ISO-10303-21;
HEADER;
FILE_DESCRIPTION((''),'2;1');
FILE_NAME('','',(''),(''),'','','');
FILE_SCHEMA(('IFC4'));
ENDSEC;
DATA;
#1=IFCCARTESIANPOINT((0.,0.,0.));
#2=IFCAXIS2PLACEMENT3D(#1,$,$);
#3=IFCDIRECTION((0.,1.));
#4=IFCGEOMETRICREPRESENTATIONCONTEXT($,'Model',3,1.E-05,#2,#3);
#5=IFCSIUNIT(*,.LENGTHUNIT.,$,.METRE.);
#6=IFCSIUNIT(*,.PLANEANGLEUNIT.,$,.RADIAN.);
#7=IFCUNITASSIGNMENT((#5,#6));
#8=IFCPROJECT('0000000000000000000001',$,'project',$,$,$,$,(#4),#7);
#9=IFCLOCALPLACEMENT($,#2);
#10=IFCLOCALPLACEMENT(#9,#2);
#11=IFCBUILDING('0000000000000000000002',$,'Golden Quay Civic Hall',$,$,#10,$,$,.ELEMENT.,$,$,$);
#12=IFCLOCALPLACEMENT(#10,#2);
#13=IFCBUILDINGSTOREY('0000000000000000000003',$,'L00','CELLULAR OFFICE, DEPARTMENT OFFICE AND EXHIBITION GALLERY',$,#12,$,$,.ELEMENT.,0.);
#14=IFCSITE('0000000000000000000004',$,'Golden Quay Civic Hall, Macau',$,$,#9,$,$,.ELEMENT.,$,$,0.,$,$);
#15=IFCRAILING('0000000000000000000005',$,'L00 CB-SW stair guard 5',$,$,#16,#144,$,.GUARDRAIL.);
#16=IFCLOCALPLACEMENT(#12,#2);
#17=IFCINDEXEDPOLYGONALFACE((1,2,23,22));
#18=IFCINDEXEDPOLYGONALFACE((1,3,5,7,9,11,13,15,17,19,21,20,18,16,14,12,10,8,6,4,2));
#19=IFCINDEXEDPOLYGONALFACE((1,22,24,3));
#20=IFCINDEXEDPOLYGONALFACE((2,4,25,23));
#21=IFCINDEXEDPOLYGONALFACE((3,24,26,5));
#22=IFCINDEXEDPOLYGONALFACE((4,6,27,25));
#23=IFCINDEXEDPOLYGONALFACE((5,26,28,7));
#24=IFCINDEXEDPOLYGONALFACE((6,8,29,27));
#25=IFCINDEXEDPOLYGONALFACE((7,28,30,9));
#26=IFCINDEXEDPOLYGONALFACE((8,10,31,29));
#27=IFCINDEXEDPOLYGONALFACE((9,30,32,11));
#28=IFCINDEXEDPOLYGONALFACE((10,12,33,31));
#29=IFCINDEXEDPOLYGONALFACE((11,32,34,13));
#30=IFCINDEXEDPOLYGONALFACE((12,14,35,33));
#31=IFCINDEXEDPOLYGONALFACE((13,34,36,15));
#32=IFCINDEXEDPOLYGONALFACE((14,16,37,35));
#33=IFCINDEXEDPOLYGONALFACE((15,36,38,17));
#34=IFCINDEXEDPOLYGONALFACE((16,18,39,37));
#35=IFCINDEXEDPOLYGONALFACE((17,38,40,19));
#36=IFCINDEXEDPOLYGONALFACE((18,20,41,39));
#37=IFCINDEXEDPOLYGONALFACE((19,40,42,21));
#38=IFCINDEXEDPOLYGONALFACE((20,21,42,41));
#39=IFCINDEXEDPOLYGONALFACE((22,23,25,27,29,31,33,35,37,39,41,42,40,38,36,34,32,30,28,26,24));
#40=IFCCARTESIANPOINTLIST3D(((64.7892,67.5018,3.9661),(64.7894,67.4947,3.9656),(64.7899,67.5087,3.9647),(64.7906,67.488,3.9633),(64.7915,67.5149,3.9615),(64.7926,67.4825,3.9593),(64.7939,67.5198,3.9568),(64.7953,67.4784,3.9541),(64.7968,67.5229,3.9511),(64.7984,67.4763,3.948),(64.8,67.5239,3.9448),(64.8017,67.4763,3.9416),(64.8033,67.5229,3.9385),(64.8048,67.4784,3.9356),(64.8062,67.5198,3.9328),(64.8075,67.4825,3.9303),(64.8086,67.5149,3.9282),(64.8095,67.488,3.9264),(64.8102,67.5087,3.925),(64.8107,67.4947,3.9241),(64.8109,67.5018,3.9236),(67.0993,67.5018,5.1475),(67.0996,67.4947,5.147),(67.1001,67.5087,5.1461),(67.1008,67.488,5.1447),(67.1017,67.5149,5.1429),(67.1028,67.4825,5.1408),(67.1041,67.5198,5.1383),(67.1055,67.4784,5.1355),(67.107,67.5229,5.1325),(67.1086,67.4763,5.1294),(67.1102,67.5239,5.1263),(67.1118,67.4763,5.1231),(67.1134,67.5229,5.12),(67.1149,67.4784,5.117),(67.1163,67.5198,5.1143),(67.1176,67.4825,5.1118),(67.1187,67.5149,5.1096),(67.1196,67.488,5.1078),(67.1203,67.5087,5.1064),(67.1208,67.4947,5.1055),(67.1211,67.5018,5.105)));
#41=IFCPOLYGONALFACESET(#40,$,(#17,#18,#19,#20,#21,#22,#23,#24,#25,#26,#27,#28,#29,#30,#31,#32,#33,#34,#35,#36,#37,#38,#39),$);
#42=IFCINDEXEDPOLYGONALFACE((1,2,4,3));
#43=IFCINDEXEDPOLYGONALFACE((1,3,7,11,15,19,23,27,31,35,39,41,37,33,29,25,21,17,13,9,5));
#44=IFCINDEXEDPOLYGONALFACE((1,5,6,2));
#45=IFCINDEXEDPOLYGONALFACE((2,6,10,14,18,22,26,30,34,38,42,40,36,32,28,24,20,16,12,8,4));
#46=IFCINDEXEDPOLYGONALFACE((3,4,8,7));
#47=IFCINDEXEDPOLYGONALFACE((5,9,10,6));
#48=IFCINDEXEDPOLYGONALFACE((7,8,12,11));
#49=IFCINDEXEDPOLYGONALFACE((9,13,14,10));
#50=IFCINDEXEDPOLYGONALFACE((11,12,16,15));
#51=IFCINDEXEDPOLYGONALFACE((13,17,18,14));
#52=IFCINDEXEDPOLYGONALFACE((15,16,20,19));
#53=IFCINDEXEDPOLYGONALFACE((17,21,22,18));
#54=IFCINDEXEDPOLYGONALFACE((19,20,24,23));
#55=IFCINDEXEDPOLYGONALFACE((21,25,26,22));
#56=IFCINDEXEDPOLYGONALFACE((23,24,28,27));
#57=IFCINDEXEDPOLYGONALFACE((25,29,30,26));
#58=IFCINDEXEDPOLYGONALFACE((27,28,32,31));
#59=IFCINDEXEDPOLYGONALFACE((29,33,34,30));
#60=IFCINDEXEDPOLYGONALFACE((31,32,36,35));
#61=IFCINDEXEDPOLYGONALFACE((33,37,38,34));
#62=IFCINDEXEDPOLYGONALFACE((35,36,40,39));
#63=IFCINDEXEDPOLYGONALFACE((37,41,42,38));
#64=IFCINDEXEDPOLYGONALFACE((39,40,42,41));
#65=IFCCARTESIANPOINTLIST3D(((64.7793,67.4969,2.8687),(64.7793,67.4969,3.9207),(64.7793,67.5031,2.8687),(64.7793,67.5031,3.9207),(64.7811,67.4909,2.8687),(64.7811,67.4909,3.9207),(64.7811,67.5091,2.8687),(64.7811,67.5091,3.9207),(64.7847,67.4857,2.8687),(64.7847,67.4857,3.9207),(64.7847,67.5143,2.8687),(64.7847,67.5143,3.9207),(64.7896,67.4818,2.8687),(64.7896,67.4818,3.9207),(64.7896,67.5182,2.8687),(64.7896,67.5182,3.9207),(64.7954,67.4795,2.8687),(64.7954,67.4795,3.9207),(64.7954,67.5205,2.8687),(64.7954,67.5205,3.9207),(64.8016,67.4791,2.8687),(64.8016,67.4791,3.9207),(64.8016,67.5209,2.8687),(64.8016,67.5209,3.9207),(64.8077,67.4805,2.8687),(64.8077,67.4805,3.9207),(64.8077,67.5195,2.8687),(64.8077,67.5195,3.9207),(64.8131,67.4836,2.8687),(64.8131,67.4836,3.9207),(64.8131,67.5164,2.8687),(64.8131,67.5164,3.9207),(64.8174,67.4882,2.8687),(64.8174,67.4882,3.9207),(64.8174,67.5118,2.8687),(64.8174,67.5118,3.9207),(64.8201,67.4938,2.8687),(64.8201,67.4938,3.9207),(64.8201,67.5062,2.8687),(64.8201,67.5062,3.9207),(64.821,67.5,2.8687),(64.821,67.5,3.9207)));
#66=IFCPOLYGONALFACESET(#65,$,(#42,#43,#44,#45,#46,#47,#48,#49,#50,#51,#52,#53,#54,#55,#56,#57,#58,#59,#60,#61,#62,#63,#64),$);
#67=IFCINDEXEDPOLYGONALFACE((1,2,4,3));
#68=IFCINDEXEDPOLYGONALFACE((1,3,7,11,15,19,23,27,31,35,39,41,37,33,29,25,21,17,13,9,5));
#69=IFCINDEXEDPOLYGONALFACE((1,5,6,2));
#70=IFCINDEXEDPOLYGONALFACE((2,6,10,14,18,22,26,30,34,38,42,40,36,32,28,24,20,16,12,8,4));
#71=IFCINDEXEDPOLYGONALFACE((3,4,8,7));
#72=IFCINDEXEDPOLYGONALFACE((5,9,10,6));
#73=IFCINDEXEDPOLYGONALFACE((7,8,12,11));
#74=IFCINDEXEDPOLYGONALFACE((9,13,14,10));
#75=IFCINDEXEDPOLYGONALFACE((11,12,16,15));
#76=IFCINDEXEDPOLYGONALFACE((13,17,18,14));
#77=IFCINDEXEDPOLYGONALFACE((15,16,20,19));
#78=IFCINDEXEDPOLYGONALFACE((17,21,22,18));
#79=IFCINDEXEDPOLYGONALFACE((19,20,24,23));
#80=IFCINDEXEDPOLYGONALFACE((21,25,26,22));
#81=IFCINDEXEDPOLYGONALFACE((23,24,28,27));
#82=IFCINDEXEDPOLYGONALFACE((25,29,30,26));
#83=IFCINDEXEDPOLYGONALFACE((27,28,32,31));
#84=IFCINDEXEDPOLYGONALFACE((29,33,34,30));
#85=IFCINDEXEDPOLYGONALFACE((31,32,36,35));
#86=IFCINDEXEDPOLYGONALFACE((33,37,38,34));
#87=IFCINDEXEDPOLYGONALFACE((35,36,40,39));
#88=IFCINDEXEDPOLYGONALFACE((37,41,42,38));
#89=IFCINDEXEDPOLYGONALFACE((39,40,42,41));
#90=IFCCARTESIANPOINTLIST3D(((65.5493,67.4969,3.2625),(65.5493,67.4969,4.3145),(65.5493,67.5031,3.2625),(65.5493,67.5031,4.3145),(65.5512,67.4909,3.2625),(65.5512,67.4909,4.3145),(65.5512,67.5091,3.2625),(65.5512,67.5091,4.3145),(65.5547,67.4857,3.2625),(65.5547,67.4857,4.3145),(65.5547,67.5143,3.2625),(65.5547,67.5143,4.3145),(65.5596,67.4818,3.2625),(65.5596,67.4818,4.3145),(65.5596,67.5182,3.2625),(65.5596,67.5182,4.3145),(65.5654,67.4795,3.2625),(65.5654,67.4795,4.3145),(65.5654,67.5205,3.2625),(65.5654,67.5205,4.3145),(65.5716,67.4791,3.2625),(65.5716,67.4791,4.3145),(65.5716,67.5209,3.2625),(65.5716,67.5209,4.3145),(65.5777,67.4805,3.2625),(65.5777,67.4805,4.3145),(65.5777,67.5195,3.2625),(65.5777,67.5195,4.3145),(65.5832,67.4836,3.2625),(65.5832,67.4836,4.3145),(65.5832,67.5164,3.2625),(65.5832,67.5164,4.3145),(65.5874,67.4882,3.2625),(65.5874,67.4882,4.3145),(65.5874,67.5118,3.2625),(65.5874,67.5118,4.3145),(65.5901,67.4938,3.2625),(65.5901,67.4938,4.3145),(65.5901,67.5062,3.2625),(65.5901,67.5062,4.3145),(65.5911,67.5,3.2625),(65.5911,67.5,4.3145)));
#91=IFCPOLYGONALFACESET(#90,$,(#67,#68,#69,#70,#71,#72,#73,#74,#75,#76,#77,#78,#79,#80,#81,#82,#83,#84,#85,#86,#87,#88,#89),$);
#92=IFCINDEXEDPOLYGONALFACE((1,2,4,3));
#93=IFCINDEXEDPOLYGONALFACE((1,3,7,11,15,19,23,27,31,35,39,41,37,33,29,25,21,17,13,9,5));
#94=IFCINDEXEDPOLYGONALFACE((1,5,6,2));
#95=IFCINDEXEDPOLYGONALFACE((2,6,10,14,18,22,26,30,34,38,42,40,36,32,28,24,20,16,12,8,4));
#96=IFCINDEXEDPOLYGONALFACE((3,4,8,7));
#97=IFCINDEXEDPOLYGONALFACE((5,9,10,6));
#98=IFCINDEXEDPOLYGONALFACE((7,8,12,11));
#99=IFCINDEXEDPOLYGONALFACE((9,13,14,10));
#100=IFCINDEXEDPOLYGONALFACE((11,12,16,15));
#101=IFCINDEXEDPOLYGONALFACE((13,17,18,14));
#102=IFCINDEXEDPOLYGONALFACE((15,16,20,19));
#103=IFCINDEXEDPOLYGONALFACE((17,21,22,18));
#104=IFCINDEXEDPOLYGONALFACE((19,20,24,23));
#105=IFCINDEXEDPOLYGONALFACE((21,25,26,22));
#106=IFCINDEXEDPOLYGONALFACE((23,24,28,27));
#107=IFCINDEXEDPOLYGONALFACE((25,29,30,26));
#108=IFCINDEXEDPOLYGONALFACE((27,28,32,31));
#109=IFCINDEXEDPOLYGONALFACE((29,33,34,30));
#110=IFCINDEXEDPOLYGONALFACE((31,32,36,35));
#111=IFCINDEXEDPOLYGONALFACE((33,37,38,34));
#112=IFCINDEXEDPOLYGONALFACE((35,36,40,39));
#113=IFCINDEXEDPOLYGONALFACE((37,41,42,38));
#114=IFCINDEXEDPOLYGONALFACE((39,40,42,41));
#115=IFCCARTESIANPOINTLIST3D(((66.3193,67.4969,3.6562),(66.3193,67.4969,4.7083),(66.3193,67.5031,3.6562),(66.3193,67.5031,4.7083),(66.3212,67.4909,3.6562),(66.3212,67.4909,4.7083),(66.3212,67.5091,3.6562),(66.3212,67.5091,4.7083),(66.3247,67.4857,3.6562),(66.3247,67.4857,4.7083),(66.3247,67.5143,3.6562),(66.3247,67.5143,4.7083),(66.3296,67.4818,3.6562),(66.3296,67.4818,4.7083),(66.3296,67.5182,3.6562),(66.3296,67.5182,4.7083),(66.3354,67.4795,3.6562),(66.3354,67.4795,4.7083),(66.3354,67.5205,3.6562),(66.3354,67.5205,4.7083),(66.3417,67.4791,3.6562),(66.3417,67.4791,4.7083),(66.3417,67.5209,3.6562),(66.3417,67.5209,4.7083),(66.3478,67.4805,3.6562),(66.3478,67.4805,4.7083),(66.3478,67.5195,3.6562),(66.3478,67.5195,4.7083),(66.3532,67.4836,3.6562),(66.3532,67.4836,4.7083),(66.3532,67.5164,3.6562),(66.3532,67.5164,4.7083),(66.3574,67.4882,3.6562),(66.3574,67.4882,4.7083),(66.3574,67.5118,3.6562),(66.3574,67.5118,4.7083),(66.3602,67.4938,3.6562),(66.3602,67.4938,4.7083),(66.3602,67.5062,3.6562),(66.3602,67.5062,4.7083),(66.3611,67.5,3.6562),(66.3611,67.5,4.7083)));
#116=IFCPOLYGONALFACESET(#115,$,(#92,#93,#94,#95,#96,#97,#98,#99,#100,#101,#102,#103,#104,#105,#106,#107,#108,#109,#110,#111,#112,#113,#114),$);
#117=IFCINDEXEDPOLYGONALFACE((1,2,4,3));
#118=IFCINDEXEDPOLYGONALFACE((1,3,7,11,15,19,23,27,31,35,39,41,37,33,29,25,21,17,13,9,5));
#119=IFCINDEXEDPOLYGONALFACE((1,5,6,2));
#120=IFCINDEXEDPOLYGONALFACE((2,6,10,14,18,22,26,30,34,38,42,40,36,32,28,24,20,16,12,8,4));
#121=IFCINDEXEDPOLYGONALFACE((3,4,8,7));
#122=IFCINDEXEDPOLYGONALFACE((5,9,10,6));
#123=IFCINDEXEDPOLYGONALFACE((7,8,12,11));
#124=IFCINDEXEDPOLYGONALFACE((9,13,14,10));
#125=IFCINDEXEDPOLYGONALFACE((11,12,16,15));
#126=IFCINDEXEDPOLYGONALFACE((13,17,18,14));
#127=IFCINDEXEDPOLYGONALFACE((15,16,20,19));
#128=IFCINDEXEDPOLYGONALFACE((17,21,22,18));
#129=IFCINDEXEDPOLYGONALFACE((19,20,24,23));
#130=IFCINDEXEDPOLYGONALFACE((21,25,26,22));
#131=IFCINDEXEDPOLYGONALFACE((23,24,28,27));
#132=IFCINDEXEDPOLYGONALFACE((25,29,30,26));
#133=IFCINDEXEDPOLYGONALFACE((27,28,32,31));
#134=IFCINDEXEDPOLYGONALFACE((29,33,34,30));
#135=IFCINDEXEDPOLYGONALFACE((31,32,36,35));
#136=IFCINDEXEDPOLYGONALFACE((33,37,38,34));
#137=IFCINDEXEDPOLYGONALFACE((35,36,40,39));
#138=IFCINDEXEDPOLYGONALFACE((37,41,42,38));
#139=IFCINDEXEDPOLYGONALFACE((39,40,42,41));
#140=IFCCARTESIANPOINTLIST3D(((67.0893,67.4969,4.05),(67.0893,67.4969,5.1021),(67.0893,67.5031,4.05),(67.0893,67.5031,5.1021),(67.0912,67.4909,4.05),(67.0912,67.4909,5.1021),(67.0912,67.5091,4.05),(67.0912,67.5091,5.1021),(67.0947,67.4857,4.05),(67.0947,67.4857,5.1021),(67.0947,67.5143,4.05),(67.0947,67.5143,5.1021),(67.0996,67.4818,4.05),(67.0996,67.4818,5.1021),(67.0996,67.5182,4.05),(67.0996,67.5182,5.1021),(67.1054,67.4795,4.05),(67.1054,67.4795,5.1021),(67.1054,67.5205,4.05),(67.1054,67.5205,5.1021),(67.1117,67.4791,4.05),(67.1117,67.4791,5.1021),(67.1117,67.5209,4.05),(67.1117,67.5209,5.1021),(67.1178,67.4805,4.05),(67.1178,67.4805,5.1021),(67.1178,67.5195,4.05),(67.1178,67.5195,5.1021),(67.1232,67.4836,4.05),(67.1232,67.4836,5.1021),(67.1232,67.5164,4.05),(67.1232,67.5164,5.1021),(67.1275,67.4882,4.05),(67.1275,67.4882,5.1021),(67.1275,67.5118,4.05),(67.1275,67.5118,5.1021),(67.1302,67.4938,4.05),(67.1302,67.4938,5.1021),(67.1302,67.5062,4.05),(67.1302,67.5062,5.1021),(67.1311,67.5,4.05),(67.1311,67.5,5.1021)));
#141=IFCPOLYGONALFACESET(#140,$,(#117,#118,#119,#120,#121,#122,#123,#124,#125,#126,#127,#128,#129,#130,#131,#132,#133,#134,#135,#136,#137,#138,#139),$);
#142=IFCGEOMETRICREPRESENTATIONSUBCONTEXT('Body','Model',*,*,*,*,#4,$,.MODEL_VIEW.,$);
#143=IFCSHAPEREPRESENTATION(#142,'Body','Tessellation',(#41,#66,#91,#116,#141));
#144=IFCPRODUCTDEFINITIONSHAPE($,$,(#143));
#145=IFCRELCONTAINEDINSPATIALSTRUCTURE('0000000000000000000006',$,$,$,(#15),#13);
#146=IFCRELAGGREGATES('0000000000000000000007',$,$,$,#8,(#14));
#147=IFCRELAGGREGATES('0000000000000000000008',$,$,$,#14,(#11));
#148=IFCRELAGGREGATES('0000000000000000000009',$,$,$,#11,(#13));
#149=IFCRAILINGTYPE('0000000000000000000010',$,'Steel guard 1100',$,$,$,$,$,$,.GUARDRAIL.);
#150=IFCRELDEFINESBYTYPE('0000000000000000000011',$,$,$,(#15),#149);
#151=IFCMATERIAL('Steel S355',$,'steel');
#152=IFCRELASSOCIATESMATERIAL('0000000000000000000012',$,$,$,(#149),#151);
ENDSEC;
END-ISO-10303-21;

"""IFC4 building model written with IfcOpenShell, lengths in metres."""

from ifc_helpers import new_model, si_unit, direction, frame, origin, origin_2d, place, context, subcontext, project, spatial, circle, extrude, material, type_object, element, save


model = new_model("IFC4")

# Units and contexts
model_context = context("Model", 3, precision=1e-05, world=origin(), true_north=direction((0.0, 1.0)))
body_context = subcontext(model_context, "Body", "Model", "MODEL_VIEW")
ifc_project = project(units=[si_unit("LENGTHUNIT", "METRE"), si_unit("PLANEANGLEUNIT", "RADIAN")], contexts=[model_context])

# Site, building, storey
site_placement = place(None, origin())
site = spatial("IfcSite", under=ifc_project, at=site_placement, Name="Golden Quay Civic Hall, Macau", CompositionType="ELEMENT", RefElevation=0.0)
building_placement = place(site_placement, origin())
building = spatial("IfcBuilding", under=site, at=building_placement, Name="Golden Quay Civic Hall", CompositionType="ELEMENT")
storey_placement = place(building_placement, origin())
storey = spatial("IfcBuildingStorey", under=building, at=storey_placement, Name="L00", Description="CELLULAR OFFICE, DEPARTMENT OFFICE AND EXHIBITION GALLERY", CompositionType="ELEMENT", Elevation=0.0)

# Railing
ifc_material_1 = material(Name="Steel S355", Category="steel")
railing_type_1 = type_object("IfcRailingType", Name="Steel guard 1100", PredefinedType="GUARDRAIL", material=ifc_material_1)
railing_1_placement = place(storey_placement, frame((64.8, 67.5, 2.8687)))
element("IfcRailing", 1, at=railing_1_placement, inside=storey, type_object=railing_type_1, Name="L00 CB-SW stair guard 5", PredefinedType="GUARDRAIL", context=body_context, shape_type="SweptSolid", body=[
    extrude(circle(Radius=0.0239, at=origin_2d()), frame((0.0, 0.0, 1.0762), z_axis=(0.890325, 0.0, 0.455325), x_axis=(0.0, 1.0, 0.0)), (0.0, 0.0, 1.0), 2.5947),
    extrude(circle(Radius=0.021, at=origin_2d()), origin(), (0.0, 0.0, 1.0), 1.052),
    extrude(circle(Radius=0.021, at=origin_2d()), frame((0.77, 0.0, 0.3938)), (0.0, 0.0, 1.0), 1.052),
    extrude(circle(Radius=0.021, at=origin_2d()), frame((1.54, 0.0, 0.7876)), (0.0, 0.0, 1.0), 1.052),
    extrude(circle(Radius=0.021, at=origin_2d()), frame((2.3101, 0.0, 1.1814)), (0.0, 0.0, 1.0), 1.052),
])

save(model, "model.ifc")
